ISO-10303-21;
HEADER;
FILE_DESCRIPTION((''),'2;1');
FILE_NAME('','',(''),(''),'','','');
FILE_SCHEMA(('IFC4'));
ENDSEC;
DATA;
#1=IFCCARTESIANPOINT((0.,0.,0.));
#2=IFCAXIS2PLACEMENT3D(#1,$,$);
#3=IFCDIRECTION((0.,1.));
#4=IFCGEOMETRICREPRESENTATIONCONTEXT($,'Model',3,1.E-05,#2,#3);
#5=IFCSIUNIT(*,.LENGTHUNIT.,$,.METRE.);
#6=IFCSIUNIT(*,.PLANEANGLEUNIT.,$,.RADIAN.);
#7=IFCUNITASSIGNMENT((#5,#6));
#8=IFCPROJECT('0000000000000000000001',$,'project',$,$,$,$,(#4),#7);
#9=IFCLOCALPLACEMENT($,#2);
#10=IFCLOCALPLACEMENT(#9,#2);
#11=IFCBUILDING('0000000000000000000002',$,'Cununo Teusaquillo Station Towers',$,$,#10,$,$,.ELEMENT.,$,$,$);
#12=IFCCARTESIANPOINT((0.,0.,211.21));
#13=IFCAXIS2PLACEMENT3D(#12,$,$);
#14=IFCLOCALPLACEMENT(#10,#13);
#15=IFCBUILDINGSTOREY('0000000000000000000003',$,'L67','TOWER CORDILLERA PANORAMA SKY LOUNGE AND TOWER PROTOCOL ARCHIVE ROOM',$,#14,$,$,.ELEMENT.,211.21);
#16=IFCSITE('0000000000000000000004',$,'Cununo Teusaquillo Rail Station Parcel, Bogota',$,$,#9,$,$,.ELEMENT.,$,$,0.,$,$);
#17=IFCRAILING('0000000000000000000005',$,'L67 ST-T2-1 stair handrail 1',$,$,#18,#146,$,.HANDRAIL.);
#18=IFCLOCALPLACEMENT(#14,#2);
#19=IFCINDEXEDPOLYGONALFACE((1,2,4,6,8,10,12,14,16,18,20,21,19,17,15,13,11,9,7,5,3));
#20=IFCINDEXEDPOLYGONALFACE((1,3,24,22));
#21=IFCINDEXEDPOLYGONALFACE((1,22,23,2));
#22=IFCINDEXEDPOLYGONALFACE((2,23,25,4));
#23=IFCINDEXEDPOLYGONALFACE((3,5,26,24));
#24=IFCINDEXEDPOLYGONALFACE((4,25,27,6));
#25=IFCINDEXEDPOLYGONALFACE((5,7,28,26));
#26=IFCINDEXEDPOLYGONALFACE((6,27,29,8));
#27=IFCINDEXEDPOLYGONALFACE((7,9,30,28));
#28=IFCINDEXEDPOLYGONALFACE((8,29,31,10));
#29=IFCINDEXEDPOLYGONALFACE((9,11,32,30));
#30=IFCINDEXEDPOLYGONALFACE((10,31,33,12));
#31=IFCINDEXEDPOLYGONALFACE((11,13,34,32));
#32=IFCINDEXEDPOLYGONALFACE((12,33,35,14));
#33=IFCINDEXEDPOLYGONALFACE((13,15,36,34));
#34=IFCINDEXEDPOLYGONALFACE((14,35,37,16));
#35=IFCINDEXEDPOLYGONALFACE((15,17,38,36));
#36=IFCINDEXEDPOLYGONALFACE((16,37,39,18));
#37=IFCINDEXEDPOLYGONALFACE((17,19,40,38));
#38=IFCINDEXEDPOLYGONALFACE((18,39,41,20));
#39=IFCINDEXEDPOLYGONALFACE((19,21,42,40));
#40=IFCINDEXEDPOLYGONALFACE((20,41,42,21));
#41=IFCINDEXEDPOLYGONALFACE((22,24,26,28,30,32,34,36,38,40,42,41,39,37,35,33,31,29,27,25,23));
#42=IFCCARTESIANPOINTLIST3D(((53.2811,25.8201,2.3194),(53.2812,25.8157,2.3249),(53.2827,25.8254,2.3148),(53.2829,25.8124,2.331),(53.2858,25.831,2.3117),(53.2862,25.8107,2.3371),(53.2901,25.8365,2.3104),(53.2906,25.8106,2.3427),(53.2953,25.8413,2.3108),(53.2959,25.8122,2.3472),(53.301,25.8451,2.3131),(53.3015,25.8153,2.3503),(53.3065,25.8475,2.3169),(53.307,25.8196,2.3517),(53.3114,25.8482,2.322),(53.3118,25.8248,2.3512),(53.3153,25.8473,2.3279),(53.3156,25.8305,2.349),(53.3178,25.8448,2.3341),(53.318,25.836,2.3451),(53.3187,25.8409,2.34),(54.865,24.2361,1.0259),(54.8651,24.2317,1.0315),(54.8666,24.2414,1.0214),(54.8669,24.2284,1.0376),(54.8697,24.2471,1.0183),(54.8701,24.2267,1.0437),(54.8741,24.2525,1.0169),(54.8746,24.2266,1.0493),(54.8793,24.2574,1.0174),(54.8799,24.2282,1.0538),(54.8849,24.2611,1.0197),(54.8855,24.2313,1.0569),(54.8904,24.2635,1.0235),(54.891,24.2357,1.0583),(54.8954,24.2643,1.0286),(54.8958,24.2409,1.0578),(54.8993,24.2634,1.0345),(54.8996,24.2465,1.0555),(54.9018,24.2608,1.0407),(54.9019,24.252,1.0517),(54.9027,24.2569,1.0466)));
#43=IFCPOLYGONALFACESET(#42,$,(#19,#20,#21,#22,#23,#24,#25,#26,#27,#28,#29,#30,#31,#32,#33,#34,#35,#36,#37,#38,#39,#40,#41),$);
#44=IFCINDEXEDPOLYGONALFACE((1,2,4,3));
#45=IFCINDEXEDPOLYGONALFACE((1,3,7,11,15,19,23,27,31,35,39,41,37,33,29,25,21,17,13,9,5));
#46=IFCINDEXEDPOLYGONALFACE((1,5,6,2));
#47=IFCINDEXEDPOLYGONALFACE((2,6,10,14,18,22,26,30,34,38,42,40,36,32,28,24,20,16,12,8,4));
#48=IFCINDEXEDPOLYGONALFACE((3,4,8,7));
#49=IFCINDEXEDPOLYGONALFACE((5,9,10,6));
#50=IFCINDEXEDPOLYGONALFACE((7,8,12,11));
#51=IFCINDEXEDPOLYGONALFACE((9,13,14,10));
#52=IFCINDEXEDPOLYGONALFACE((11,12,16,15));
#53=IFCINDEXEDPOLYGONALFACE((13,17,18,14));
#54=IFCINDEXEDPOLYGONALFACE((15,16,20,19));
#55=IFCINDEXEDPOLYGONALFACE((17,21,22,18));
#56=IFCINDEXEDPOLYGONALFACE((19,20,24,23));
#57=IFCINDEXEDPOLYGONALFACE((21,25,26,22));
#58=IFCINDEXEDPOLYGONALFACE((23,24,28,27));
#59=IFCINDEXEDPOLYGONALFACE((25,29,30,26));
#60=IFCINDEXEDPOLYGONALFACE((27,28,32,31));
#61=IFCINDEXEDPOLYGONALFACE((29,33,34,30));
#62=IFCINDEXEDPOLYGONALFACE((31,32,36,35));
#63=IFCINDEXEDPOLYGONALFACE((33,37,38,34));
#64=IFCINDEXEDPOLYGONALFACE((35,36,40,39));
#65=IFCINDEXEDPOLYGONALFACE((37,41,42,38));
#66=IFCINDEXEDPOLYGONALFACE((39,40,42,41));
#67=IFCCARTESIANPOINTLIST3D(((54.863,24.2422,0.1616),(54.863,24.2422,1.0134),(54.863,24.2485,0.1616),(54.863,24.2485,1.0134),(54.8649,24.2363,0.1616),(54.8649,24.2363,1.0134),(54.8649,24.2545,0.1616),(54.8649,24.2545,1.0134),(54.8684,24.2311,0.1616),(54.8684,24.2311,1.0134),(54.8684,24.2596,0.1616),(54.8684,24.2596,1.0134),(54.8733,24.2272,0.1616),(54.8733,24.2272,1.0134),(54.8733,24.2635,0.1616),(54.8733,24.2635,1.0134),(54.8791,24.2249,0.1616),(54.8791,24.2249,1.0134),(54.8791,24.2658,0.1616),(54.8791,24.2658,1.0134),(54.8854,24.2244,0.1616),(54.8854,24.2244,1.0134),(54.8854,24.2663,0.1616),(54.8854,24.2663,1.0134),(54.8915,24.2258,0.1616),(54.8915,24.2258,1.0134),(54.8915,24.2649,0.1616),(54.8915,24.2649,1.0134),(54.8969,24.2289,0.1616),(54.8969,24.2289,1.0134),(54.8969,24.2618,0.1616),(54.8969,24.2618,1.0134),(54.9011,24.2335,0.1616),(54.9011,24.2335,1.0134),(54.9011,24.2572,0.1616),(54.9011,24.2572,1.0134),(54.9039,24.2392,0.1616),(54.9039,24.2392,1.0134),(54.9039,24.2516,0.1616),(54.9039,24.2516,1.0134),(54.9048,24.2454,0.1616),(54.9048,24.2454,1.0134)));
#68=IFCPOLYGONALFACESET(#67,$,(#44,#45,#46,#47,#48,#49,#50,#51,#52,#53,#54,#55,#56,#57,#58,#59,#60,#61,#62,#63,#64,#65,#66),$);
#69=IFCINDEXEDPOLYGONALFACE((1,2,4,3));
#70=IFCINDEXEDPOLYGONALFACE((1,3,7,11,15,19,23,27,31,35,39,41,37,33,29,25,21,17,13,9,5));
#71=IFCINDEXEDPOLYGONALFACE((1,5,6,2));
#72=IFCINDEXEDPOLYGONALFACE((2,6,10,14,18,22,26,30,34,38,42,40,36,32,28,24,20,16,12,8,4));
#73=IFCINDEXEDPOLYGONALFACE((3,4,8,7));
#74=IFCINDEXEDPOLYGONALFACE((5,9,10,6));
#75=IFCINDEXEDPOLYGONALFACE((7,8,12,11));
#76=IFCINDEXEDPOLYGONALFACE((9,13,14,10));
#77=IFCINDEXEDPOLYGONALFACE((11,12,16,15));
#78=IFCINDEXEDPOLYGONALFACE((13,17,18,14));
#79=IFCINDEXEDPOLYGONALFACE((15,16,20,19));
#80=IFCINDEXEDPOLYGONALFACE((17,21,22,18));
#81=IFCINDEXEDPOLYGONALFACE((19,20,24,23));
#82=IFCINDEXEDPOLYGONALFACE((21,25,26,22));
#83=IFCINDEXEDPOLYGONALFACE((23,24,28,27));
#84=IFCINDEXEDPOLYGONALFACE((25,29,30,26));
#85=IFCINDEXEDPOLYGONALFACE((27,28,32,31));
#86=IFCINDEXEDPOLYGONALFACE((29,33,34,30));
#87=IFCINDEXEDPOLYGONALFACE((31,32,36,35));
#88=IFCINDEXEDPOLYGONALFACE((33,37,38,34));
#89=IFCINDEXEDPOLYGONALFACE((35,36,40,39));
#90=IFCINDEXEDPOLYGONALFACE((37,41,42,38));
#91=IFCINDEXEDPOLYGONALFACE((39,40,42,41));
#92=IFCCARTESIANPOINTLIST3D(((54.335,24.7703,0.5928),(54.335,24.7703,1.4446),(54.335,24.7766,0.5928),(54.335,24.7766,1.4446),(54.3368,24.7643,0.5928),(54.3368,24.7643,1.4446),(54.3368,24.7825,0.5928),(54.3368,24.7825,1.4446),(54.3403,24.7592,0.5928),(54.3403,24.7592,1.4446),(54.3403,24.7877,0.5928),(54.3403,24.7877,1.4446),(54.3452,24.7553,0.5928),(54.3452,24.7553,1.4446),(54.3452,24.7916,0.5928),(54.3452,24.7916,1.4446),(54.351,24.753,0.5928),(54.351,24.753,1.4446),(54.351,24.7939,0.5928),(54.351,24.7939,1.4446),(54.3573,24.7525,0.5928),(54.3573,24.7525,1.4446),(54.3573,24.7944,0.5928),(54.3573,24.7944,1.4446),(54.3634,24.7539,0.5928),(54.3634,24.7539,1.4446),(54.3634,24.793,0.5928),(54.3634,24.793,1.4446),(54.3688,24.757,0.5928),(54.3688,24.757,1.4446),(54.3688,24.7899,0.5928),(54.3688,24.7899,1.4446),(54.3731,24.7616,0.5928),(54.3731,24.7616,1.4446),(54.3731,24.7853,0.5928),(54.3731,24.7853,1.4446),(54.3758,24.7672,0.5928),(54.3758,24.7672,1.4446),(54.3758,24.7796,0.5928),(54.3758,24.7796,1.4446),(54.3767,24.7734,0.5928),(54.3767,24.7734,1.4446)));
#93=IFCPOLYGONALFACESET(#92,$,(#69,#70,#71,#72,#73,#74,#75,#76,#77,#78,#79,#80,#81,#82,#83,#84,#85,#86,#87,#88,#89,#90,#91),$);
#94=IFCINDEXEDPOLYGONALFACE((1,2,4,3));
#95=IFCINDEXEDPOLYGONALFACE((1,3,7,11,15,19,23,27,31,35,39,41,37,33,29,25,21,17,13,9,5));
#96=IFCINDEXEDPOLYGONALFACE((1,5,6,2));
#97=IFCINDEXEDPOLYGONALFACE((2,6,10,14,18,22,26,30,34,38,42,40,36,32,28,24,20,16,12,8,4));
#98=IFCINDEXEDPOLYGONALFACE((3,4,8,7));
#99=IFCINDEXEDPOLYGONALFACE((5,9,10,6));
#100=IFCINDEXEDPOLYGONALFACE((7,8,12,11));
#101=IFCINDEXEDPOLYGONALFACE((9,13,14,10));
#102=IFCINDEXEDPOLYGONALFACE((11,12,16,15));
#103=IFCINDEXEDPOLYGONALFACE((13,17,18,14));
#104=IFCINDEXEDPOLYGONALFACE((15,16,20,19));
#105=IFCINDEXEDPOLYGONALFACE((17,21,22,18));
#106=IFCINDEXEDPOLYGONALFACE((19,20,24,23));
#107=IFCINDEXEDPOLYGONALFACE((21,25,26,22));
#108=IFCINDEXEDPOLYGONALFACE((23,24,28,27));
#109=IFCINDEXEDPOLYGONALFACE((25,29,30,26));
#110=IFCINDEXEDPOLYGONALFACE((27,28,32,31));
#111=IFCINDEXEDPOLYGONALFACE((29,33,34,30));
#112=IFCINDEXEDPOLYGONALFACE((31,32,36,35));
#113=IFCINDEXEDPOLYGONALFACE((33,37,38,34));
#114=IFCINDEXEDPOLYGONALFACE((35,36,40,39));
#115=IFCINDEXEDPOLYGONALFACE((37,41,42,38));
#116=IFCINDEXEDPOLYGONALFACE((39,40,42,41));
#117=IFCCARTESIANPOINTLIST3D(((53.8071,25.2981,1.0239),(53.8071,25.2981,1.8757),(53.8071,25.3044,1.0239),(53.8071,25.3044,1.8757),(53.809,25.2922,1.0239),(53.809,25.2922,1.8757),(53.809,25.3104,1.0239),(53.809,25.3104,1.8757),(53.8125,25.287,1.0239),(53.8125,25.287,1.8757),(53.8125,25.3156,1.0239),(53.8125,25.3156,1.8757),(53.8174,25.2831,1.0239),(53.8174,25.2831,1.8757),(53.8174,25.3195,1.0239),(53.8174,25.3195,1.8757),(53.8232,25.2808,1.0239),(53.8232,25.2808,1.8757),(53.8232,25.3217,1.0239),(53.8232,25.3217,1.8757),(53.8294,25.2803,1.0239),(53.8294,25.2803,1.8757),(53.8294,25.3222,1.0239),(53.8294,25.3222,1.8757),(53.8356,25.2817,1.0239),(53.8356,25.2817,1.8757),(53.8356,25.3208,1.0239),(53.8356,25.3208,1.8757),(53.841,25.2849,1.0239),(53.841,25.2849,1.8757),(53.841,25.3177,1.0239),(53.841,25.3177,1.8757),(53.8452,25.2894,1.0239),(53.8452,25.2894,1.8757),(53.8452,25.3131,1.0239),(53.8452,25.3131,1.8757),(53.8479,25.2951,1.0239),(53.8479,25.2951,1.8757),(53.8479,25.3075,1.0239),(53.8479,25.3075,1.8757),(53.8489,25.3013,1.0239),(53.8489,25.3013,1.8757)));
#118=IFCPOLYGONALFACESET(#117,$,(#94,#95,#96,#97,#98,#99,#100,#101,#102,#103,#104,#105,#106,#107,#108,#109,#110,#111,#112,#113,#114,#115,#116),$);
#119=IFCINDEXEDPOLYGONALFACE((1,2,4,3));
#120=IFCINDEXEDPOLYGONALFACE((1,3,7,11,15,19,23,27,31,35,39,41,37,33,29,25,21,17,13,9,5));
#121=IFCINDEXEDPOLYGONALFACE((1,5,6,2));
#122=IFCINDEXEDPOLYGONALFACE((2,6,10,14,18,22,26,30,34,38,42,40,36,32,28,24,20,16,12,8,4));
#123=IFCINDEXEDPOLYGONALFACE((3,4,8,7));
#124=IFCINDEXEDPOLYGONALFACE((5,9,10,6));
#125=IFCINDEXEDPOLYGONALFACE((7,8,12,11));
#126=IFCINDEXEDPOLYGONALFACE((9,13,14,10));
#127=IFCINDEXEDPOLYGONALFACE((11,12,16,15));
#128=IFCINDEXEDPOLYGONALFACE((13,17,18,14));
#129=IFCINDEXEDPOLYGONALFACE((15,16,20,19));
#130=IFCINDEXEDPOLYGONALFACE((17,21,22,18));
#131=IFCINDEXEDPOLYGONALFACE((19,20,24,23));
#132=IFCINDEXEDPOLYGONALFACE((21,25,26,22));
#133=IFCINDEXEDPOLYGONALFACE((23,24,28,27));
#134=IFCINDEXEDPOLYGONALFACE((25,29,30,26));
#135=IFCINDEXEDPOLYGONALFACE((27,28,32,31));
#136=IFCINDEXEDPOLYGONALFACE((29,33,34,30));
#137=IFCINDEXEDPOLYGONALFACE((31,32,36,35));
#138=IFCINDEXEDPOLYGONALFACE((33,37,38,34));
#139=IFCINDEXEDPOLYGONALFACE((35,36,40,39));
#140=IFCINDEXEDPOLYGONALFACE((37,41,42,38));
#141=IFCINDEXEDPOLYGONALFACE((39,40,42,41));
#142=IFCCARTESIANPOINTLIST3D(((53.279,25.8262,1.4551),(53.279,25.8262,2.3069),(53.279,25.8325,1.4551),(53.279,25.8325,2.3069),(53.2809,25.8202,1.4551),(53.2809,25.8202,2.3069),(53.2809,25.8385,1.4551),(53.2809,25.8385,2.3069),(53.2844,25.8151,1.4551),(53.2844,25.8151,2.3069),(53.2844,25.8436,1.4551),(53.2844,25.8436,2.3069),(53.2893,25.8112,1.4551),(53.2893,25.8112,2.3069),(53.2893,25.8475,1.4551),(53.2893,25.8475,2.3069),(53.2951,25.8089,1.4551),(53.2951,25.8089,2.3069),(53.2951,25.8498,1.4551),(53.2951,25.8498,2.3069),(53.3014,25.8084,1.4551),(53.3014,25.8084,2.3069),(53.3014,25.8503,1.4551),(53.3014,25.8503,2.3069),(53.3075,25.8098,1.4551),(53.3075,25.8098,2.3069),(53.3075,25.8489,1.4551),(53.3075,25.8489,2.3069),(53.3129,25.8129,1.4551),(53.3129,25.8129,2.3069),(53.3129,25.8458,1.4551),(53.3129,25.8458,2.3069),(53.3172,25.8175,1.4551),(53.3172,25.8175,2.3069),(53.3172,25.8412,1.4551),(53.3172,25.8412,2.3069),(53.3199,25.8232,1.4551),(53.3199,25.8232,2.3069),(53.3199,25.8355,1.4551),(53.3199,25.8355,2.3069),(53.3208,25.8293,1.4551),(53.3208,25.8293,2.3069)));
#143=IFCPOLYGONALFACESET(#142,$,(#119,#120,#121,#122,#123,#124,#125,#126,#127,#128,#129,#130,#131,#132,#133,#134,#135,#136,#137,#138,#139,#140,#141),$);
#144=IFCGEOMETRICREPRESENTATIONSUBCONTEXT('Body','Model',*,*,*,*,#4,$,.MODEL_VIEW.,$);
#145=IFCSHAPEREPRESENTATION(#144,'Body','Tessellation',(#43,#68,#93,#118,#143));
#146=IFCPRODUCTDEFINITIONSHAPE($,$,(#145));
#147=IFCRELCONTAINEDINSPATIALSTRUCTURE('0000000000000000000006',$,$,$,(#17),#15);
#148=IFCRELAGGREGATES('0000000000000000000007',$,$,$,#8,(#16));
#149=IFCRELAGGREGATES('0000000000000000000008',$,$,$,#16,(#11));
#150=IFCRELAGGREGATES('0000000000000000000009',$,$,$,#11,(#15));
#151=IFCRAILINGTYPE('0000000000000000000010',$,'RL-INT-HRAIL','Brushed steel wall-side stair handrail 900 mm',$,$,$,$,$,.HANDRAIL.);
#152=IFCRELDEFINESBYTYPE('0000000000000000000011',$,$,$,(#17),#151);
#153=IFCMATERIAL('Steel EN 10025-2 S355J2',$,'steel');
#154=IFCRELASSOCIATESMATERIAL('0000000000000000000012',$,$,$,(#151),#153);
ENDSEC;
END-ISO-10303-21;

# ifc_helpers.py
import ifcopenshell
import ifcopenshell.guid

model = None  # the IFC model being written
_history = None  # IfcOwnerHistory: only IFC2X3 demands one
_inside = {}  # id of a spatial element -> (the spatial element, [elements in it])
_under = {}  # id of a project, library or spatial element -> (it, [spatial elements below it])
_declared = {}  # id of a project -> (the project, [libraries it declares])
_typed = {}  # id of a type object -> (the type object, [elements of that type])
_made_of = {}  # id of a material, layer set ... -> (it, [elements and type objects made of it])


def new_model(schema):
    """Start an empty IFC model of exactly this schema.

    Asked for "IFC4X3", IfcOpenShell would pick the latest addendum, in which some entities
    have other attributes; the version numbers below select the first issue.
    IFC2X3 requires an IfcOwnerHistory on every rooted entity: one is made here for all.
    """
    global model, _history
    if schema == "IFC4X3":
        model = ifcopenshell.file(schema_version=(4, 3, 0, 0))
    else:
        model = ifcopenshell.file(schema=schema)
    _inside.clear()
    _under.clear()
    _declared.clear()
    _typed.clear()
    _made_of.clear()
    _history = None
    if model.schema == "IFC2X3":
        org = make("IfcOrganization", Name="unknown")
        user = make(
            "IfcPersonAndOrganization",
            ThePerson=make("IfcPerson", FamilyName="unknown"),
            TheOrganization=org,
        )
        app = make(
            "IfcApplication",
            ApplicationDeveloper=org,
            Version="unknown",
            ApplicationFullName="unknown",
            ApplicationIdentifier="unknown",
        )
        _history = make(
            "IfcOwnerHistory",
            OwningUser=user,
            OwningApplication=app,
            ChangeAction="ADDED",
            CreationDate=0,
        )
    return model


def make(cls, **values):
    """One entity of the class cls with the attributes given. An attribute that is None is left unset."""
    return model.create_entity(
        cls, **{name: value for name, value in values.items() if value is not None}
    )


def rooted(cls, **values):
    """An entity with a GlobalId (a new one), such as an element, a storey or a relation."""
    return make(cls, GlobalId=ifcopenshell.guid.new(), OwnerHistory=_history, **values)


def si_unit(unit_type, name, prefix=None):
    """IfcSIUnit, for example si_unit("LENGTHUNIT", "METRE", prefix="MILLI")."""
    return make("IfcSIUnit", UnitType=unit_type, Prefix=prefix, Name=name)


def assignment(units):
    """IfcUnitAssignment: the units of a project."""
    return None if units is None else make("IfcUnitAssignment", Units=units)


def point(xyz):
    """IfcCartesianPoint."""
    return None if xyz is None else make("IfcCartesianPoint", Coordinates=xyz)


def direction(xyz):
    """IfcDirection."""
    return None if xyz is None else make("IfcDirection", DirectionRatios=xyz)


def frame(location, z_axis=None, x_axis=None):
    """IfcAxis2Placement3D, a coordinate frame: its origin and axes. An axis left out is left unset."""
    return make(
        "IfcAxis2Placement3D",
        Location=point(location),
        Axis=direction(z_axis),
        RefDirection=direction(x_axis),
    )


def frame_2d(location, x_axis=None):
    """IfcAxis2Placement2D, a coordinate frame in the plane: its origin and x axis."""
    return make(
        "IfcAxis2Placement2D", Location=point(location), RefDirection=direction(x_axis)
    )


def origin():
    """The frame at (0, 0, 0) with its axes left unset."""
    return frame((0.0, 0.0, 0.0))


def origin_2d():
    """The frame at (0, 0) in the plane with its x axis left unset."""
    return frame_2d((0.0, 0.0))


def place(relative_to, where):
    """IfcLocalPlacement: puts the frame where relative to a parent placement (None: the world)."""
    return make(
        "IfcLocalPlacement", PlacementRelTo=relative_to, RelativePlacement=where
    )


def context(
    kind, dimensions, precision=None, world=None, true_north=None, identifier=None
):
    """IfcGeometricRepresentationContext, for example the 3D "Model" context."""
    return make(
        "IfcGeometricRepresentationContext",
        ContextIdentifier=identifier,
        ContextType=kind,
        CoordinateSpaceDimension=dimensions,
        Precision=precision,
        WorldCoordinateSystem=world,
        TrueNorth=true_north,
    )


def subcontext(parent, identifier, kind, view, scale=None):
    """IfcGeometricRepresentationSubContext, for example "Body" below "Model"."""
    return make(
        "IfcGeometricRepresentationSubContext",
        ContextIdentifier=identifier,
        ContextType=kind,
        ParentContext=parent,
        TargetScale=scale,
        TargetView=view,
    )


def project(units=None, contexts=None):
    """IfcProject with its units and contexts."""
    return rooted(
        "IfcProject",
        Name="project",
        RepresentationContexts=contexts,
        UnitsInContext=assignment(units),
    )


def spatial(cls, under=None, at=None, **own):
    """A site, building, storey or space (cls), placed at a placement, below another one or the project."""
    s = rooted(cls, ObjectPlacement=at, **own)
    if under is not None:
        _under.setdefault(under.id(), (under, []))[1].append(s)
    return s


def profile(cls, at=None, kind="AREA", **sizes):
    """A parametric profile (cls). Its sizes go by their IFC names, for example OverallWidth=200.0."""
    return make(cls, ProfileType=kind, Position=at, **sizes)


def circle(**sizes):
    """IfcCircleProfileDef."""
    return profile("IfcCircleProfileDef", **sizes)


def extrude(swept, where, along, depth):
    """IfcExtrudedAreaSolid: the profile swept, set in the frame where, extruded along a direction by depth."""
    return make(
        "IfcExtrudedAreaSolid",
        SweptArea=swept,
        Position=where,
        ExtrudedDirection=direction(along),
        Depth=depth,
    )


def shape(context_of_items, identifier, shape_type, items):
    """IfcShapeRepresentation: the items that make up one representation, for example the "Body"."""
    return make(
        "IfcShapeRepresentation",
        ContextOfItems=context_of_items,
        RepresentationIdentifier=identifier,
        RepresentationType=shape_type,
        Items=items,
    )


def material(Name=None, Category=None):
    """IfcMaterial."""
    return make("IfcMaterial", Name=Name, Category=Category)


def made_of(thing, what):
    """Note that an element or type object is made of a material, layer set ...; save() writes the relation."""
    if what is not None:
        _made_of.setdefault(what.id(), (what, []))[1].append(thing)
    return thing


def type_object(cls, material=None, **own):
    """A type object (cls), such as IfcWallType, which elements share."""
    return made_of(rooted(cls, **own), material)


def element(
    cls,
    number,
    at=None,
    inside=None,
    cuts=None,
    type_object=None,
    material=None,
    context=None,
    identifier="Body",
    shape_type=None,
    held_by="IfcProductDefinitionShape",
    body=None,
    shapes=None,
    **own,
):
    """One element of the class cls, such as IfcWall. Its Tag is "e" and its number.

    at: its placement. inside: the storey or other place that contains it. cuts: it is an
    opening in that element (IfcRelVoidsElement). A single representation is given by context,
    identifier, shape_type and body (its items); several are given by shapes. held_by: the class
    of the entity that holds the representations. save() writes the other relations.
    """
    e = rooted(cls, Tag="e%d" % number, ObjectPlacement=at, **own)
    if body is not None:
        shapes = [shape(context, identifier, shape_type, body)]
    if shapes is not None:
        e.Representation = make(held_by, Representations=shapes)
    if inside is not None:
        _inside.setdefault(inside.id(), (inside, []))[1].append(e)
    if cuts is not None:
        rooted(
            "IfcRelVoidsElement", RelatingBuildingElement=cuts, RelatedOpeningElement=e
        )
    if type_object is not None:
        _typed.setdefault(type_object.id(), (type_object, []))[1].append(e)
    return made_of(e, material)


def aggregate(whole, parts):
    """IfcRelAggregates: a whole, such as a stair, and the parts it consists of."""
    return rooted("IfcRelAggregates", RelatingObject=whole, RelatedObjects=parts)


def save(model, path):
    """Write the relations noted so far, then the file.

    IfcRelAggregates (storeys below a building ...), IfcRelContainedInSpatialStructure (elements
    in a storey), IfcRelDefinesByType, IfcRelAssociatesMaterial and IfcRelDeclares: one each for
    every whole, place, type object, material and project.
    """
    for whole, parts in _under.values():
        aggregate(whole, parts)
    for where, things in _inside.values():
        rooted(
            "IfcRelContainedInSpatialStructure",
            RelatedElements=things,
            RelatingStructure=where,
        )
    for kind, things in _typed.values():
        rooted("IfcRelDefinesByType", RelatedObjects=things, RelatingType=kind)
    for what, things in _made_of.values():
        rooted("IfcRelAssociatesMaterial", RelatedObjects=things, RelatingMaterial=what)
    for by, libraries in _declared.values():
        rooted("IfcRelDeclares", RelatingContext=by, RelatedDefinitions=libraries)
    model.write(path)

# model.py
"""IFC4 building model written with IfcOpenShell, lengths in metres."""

from ifc_helpers import new_model, si_unit, direction, frame, origin, origin_2d, place, context, subcontext, project, spatial, circle, extrude, material, type_object, element, save


model = new_model("IFC4")

# Units and contexts
model_context = context("Model", 3, precision=1e-05, world=origin(), true_north=direction((0.0, 1.0)))
body_context = subcontext(model_context, "Body", "Model", "MODEL_VIEW")
ifc_project = project(units=[si_unit("LENGTHUNIT", "METRE"), si_unit("PLANEANGLEUNIT", "RADIAN")], contexts=[model_context])

# Site, building, storey
site_placement = place(None, origin())
site = spatial("IfcSite", under=ifc_project, at=site_placement, Name="Cununo Teusaquillo Rail Station Parcel, Bogota", CompositionType="ELEMENT", RefElevation=0.0)
building_placement = place(site_placement, origin())
building = spatial("IfcBuilding", under=site, at=building_placement, Name="Cununo Teusaquillo Station Towers", CompositionType="ELEMENT")
storey_placement = place(building_placement, frame((0.0, 0.0, 211.21)))
storey = spatial("IfcBuildingStorey", under=building, at=storey_placement, Name="L67", Description="TOWER CORDILLERA PANORAMA SKY LOUNGE AND TOWER PROTOCOL ARCHIVE ROOM", CompositionType="ELEMENT", Elevation=211.21)

# Railing
ifc_material_1 = material(Name="Steel EN 10025-2 S355J2", Category="steel")
railing_type_1 = type_object("IfcRailingType", Name="RL-INT-HRAIL", Description="Brushed steel wall-side stair handrail 900 mm", PredefinedType="HANDRAIL", material=ifc_material_1)
railing_1_placement = place(storey_placement, frame((54.8838, 24.2454, 0.1616)))
element("IfcRailing", 1, at=railing_1_placement, inside=storey, type_object=railing_type_1, Name="L67 ST-T2-1 stair handrail 1", PredefinedType="HANDRAIL", context=body_context, shape_type="SweptSolid", body=[
    extrude(circle(Radius=0.0239, at=origin_2d()), frame((0.0, 0.0, 0.876), z_axis=(-0.612356, 0.612356, 0.50004), x_axis=(-0.707107, -0.707107, 0.0)), (0.0, 0.0, 1.0), 2.5867),
    extrude(circle(Radius=0.021, at=origin_2d()), origin(), (0.0, 0.0, 1.0), 0.8518),
    extrude(circle(Radius=0.021, at=origin_2d()), frame((-0.5281, 0.5281, 0.4312)), (0.0, 0.0, 1.0), 0.8518),
    extrude(circle(Radius=0.021, at=origin_2d()), frame((-1.0559, 1.0559, 0.8623)), (0.0, 0.0, 1.0), 0.8518),
    extrude(circle(Radius=0.021, at=origin_2d()), frame((-1.584, 1.584, 1.2935)), (0.0, 0.0, 1.0), 0.8518),
])

save(model, "model.ifc")
